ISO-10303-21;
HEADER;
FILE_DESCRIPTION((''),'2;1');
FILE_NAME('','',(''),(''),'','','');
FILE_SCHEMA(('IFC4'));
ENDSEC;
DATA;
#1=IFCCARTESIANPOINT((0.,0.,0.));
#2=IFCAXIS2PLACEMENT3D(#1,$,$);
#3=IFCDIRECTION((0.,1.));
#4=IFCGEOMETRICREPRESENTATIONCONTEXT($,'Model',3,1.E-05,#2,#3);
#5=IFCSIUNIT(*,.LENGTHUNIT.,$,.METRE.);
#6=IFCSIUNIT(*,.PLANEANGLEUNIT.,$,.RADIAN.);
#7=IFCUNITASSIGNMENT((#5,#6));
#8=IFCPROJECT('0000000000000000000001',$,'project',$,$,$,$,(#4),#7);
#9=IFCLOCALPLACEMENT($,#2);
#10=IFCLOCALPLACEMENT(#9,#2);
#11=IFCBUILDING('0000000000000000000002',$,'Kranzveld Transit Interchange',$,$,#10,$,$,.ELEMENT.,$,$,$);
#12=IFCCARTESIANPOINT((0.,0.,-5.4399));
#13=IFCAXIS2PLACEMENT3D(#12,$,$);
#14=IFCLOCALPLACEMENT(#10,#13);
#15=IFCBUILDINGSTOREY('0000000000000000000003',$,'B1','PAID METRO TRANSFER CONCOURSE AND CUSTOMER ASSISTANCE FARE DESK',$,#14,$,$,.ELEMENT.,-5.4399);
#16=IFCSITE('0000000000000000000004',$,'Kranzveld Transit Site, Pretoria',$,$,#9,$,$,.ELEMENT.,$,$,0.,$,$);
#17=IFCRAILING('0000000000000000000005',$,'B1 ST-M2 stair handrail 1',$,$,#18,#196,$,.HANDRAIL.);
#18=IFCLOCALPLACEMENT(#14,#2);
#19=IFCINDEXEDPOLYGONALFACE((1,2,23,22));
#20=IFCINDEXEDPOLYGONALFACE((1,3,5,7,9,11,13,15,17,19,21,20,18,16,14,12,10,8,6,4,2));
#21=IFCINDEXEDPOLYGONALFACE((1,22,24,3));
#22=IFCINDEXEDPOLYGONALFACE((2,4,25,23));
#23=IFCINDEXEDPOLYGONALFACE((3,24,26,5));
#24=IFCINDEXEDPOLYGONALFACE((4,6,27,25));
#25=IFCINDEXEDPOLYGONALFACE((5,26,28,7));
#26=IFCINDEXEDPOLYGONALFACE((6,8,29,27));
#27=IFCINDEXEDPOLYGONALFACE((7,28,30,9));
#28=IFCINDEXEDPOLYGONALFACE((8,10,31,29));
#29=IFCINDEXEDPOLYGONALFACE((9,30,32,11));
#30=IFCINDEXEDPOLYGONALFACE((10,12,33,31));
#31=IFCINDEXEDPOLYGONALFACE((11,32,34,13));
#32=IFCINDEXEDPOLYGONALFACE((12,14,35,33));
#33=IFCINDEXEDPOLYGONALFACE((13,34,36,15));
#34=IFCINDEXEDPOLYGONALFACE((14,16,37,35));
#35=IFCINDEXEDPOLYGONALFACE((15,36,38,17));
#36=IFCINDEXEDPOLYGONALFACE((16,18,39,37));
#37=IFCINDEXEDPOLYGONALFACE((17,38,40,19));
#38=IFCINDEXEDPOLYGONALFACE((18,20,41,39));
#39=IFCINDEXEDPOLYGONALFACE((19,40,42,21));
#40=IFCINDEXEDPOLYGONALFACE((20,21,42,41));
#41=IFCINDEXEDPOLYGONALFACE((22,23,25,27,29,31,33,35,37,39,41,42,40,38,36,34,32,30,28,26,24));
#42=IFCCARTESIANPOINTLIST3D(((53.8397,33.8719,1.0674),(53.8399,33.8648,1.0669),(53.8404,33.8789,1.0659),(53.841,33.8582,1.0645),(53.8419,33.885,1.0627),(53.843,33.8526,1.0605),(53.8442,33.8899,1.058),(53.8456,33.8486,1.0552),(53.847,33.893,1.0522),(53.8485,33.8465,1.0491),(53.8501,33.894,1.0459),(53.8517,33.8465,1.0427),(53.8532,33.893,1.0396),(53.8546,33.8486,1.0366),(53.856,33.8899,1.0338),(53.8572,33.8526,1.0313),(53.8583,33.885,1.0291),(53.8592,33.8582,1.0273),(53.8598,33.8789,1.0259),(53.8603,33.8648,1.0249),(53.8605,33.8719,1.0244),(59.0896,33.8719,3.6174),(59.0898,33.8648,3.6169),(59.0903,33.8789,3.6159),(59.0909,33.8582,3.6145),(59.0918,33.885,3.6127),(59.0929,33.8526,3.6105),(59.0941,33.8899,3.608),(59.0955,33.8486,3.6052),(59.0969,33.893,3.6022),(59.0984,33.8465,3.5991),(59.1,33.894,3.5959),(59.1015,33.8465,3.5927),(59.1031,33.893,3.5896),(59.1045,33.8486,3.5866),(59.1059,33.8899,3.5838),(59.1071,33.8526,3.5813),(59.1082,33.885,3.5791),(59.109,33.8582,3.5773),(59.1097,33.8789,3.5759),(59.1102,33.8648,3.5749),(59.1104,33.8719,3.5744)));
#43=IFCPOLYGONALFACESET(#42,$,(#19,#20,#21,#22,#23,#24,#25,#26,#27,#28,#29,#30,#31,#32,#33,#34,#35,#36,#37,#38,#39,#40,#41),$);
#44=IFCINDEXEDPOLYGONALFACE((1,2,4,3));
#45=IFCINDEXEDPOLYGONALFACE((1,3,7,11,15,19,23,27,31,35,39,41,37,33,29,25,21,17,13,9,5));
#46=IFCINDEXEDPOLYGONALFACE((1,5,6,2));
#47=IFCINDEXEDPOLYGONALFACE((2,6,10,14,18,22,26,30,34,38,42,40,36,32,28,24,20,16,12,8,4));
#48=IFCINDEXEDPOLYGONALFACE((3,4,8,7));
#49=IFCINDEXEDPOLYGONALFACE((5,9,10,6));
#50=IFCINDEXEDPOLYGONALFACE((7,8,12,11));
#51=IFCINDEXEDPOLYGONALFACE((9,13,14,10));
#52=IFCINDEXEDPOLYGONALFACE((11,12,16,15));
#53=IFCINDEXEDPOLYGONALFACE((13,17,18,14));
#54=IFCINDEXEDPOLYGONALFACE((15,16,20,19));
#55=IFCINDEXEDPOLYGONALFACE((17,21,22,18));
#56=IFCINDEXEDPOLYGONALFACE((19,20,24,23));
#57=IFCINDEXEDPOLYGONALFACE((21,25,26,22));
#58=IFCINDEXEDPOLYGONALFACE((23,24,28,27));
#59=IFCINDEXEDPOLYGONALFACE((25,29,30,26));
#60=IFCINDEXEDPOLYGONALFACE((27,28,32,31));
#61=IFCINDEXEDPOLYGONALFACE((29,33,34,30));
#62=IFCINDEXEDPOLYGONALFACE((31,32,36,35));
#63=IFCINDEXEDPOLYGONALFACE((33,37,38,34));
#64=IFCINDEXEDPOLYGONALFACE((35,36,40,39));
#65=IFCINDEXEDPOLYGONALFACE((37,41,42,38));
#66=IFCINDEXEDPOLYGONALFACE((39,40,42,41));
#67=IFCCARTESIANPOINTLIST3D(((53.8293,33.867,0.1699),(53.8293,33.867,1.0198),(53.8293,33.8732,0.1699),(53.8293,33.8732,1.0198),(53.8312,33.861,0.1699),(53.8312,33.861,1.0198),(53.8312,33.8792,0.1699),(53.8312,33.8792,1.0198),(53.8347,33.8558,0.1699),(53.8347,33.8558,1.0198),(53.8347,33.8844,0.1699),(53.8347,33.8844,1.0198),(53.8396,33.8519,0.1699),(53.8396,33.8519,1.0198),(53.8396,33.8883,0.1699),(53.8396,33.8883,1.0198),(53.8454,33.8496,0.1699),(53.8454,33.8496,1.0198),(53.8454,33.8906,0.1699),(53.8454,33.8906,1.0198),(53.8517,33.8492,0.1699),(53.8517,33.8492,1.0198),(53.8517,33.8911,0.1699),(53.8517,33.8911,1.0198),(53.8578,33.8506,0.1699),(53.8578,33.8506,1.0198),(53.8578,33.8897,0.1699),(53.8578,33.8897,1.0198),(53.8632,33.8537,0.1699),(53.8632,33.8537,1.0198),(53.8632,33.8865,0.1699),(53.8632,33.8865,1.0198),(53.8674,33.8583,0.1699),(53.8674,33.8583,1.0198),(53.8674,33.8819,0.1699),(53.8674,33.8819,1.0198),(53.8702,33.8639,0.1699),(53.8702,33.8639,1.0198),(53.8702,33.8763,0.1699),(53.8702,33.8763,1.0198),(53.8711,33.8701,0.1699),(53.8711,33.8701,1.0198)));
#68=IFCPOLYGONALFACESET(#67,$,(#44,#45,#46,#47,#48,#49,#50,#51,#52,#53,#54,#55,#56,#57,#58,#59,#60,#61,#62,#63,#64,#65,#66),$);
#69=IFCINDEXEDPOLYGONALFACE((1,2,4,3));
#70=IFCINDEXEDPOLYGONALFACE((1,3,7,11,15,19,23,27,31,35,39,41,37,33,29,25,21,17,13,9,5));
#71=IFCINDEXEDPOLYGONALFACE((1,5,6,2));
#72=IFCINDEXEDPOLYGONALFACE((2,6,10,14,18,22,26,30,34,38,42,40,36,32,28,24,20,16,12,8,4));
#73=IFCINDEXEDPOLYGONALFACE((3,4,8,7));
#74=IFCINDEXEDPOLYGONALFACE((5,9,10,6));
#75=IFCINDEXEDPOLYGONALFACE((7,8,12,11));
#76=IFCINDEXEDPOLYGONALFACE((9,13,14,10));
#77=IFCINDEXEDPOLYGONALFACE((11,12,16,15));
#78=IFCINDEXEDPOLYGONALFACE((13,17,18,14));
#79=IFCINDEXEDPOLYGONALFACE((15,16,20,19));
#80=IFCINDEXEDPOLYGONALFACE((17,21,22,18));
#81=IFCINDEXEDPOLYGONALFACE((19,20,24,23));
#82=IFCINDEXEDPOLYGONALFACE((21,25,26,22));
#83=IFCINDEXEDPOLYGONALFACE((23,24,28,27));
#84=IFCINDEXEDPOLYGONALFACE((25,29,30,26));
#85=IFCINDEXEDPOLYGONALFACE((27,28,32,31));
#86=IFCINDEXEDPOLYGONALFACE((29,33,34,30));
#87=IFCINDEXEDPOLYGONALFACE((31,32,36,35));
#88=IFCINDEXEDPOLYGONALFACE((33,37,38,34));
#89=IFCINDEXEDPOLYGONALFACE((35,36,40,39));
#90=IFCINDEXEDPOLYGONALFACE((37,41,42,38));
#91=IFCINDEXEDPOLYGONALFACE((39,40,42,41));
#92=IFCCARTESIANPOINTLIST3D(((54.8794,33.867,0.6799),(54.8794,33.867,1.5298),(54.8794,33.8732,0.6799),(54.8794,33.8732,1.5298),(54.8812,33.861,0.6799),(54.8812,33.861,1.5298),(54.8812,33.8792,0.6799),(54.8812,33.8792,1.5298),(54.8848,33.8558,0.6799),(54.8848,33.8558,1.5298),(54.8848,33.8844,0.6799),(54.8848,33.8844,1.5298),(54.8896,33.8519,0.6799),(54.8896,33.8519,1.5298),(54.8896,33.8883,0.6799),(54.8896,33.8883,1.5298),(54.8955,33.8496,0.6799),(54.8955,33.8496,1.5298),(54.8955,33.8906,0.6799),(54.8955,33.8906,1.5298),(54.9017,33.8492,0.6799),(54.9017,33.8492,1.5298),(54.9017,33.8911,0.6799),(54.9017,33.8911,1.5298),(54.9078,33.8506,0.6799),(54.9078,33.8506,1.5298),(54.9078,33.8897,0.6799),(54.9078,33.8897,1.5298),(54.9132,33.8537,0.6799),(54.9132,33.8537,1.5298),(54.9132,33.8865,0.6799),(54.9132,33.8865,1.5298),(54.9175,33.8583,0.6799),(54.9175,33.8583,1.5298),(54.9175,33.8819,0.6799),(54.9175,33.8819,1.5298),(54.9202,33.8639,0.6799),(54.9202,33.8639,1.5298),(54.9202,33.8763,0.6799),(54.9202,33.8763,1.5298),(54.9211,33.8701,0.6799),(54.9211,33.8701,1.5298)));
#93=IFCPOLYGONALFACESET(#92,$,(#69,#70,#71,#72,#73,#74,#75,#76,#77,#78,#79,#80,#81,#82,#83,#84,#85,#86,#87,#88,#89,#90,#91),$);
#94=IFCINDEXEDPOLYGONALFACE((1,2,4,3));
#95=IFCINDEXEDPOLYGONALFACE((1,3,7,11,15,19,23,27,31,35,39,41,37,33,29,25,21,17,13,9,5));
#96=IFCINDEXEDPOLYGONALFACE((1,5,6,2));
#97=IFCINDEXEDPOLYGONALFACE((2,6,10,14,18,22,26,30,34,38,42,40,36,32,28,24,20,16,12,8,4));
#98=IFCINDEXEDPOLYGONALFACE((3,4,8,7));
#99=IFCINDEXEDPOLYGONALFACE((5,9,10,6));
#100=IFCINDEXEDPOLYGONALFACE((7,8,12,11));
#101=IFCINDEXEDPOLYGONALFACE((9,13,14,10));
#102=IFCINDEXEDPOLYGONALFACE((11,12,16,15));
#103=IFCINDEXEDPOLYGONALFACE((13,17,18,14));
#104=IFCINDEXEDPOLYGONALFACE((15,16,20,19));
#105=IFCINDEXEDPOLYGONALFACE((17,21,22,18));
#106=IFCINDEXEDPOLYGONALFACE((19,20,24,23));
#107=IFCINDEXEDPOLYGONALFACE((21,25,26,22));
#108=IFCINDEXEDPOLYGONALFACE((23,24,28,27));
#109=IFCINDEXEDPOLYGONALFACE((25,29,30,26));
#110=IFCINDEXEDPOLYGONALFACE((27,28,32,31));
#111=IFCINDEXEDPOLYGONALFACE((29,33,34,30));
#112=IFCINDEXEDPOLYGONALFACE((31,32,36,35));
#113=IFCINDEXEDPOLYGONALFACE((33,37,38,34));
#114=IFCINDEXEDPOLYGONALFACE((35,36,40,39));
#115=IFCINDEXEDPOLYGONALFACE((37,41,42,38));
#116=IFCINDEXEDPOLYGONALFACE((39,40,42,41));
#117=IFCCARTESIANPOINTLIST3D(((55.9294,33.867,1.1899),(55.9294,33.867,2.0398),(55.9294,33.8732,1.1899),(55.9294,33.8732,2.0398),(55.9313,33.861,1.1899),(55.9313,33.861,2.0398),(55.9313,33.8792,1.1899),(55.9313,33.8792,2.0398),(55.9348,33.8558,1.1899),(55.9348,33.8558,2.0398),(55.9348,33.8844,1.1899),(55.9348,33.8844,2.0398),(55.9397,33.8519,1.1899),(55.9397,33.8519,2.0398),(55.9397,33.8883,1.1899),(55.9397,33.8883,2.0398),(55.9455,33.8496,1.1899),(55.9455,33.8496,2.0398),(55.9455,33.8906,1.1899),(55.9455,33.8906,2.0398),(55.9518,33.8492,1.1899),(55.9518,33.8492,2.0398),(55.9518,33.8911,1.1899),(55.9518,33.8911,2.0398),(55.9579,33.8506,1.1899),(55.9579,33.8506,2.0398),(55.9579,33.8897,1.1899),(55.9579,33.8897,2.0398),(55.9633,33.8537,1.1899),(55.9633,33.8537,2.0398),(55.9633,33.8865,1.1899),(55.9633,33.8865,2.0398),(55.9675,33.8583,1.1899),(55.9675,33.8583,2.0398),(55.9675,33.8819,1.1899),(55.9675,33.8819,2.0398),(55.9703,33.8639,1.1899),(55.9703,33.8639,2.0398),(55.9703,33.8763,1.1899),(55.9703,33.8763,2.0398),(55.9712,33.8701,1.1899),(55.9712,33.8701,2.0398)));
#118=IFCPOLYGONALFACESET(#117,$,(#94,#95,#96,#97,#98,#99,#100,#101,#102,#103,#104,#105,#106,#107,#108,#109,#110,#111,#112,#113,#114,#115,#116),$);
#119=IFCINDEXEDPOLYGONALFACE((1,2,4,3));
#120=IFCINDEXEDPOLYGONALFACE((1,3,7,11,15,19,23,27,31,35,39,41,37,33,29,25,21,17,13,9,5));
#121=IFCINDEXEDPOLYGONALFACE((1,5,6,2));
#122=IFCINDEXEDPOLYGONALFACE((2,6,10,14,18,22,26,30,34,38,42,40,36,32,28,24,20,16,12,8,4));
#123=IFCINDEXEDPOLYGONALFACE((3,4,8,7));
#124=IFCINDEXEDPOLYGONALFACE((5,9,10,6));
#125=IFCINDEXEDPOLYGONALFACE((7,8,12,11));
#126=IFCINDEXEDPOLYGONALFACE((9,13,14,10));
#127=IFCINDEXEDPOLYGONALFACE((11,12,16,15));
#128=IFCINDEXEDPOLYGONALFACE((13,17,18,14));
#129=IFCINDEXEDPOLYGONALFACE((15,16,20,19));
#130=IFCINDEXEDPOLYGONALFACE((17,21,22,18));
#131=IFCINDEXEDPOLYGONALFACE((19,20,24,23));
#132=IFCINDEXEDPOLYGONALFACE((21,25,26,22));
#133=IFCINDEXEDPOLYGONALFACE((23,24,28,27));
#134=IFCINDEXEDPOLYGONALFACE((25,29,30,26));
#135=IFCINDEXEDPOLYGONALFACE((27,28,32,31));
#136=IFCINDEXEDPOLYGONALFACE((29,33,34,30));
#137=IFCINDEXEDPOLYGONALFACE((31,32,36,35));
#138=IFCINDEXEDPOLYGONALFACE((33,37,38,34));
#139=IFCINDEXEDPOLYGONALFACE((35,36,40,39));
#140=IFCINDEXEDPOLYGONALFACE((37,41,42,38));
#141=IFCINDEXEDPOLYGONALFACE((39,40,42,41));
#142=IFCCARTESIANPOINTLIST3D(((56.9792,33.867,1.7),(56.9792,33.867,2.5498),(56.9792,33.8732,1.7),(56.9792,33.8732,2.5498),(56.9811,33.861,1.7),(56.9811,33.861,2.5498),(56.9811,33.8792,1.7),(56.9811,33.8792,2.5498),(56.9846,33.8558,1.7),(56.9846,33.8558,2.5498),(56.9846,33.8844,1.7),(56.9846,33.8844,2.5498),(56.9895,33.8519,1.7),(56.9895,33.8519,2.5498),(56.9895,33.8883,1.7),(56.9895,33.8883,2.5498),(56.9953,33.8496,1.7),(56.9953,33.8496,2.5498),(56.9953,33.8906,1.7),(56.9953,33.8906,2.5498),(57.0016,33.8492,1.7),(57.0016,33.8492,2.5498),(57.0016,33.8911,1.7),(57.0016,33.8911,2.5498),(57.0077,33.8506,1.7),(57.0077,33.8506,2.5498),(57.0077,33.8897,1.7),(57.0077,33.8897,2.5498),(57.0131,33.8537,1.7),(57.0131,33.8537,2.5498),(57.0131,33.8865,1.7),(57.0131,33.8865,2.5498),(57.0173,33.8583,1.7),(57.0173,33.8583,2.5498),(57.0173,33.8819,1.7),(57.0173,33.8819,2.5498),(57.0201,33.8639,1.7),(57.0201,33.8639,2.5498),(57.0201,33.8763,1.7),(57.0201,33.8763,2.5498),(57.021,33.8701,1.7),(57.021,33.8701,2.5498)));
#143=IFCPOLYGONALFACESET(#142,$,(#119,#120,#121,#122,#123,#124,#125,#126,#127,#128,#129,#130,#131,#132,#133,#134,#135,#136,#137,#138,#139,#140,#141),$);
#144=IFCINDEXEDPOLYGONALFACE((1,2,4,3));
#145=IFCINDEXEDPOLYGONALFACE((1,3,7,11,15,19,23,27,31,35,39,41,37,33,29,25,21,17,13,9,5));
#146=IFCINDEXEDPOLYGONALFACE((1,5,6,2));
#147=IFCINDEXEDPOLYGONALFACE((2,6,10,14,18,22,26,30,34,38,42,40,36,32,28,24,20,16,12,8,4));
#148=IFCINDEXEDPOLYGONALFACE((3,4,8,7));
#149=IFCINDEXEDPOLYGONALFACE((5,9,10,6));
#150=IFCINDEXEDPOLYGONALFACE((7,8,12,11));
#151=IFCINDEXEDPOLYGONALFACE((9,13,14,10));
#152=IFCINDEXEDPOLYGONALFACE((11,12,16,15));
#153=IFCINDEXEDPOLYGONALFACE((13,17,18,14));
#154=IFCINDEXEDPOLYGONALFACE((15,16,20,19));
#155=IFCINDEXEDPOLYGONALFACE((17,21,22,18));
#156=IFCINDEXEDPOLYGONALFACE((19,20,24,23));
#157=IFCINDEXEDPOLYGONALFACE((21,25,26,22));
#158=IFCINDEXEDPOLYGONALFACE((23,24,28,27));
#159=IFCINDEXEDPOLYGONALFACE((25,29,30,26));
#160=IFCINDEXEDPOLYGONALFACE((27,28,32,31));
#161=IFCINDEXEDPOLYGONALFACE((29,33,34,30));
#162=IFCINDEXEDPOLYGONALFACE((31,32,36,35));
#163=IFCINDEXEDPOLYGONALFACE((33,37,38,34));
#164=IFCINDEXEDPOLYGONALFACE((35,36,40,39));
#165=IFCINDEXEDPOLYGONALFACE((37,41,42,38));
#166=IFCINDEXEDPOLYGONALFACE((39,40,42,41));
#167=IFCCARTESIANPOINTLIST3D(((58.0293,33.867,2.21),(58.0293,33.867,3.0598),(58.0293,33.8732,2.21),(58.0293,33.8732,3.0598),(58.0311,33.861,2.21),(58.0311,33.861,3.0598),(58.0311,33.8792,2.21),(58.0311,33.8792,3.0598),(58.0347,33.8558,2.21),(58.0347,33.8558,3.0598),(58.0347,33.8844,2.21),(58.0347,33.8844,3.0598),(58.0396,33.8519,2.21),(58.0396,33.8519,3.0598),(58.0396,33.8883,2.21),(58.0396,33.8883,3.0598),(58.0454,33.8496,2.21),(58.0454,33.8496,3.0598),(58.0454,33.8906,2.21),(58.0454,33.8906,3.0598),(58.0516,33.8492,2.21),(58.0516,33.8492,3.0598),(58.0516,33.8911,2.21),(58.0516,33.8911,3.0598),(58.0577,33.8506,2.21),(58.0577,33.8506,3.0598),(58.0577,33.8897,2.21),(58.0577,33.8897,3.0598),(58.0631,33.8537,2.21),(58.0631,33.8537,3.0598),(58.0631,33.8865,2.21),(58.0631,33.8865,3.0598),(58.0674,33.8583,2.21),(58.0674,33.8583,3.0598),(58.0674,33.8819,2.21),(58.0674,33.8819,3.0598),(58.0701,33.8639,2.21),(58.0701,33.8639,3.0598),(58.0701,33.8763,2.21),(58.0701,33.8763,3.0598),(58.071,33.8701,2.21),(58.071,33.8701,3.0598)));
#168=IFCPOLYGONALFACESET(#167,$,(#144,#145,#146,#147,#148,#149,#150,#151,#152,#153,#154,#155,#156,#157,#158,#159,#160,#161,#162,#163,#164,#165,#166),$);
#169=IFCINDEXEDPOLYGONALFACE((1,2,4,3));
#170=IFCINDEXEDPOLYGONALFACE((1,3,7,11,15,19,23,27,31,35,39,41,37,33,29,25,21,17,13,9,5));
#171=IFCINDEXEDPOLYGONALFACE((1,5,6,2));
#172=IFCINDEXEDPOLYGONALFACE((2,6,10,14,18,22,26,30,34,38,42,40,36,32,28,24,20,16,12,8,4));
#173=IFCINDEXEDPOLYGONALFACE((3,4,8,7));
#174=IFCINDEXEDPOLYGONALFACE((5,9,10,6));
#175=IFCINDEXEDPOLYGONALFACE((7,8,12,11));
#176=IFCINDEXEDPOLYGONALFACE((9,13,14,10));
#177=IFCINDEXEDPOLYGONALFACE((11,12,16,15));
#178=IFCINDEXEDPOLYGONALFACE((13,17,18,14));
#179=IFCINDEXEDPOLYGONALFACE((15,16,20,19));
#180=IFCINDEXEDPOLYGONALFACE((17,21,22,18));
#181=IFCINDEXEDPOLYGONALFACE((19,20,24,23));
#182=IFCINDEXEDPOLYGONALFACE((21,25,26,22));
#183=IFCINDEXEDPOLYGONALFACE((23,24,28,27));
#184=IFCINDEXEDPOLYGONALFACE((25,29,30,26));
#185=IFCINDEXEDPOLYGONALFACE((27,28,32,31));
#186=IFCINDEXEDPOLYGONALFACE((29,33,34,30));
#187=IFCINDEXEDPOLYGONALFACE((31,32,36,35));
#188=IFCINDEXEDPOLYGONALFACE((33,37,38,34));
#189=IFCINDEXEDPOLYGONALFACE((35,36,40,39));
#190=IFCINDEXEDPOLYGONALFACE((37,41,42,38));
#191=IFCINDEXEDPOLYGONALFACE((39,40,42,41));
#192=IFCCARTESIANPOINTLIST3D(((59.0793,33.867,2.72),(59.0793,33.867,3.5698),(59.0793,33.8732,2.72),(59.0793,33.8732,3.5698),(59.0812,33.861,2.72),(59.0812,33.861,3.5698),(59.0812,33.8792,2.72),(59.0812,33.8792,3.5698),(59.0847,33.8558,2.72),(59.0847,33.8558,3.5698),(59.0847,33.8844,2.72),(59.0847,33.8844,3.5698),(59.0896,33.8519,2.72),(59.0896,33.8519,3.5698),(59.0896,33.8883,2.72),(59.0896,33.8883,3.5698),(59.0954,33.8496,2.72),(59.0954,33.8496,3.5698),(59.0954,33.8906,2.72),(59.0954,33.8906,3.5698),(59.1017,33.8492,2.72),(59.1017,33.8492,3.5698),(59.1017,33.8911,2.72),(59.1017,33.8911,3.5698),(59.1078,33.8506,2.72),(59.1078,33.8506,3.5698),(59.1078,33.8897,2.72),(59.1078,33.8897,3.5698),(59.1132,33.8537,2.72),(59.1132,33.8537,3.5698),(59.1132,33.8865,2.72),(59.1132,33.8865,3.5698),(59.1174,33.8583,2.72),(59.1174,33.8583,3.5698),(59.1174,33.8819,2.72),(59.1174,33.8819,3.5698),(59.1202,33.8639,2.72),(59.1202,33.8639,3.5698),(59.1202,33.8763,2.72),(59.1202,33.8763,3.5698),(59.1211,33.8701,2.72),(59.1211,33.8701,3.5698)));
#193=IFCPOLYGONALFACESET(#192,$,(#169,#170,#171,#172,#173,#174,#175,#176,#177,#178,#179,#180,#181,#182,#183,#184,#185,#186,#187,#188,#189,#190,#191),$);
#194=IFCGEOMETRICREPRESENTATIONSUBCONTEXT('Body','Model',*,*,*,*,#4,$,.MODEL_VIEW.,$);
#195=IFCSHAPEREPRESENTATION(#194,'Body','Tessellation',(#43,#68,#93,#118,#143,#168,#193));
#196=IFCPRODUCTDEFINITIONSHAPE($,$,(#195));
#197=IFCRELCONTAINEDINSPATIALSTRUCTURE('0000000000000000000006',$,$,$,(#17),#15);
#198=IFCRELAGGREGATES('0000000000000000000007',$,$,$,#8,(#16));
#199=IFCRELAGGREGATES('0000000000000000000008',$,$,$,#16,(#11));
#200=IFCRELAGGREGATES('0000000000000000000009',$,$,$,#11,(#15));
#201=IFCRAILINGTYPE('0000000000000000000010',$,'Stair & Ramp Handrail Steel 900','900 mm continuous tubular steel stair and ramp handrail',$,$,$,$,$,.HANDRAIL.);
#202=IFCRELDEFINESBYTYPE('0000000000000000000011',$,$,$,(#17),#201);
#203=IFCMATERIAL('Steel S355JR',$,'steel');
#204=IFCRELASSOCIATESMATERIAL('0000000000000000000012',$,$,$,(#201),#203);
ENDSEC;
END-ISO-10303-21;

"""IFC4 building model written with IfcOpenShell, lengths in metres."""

from ifc_helpers import new_model, si_unit, direction, frame, origin, origin_2d, place, context, subcontext, project, spatial, circle, extrude, material, type_object, element, save


model = new_model("IFC4")

# Units and contexts
model_context = context("Model", 3, precision=1e-05, world=origin(), true_north=direction((0.0, 1.0)))
body_context = subcontext(model_context, "Body", "Model", "MODEL_VIEW")
ifc_project = project(units=[si_unit("LENGTHUNIT", "METRE"), si_unit("PLANEANGLEUNIT", "RADIAN")], contexts=[model_context])

# Site, building, storey
site_placement = place(None, origin())
site = spatial("IfcSite", under=ifc_project, at=site_placement, Name="Kranzveld Transit Site, Pretoria", CompositionType="ELEMENT", RefElevation=0.0)
building_placement = place(site_placement, origin())
building = spatial("IfcBuilding", under=site, at=building_placement, Name="Kranzveld Transit Interchange", CompositionType="ELEMENT")
storey_placement = place(building_placement, frame((0.0, 0.0, -5.4399)))
storey = spatial("IfcBuildingStorey", under=building, at=storey_placement, Name="B1", Description="PAID METRO TRANSFER CONCOURSE AND CUSTOMER ASSISTANCE FARE DESK", CompositionType="ELEMENT", Elevation=-5.4399)

# Railing
ifc_material_1 = material(Name="Steel S355JR", Category="steel")
railing_type = type_object("IfcRailingType", Name="Stair & Ramp Handrail Steel 900", Description="900 mm continuous tubular steel stair and ramp handrail", PredefinedType="HANDRAIL", material=ifc_material_1)
railing_placement = place(storey_placement, frame((53.8501, 33.8701, 0.1699)))
element("IfcRailing", 1, at=railing_placement, inside=storey, type_object=railing_type, Name="B1 ST-M2 stair handrail 1", PredefinedType="HANDRAIL", context=body_context, shape_type="SweptSolid", body=[
    extrude(circle(Radius=0.0239, at=origin_2d()), frame((0.0, 0.0, 0.876), z_axis=(0.899505, 0.0, 0.436911), x_axis=(0.0, 1.0, 0.0)), (0.0, 0.0, 1.0), 5.8364),
    extrude(circle(Radius=0.021, at=origin_2d()), origin(), (0.0, 0.0, 1.0), 0.8499),
    extrude(circle(Radius=0.021, at=origin_2d()), frame((1.05, 0.0, 0.51)), (0.0, 0.0, 1.0), 0.8499),
    extrude(circle(Radius=0.021, at=origin_2d()), frame((2.1001, 0.0, 1.02)), (0.0, 0.0, 1.0), 0.8499),
    extrude(circle(Radius=0.021, at=origin_2d()), frame((3.1499, 0.0, 1.53)), (0.0, 0.0, 1.0), 0.8499),
    extrude(circle(Radius=0.021, at=origin_2d()), frame((4.2, 0.0, 2.04)), (0.0, 0.0, 1.0), 0.8499),
    extrude(circle(Radius=0.021, at=origin_2d()), frame((5.25, 0.0, 2.55)), (0.0, 0.0, 1.0), 0.8499),
])

save(model, "model.ifc")
